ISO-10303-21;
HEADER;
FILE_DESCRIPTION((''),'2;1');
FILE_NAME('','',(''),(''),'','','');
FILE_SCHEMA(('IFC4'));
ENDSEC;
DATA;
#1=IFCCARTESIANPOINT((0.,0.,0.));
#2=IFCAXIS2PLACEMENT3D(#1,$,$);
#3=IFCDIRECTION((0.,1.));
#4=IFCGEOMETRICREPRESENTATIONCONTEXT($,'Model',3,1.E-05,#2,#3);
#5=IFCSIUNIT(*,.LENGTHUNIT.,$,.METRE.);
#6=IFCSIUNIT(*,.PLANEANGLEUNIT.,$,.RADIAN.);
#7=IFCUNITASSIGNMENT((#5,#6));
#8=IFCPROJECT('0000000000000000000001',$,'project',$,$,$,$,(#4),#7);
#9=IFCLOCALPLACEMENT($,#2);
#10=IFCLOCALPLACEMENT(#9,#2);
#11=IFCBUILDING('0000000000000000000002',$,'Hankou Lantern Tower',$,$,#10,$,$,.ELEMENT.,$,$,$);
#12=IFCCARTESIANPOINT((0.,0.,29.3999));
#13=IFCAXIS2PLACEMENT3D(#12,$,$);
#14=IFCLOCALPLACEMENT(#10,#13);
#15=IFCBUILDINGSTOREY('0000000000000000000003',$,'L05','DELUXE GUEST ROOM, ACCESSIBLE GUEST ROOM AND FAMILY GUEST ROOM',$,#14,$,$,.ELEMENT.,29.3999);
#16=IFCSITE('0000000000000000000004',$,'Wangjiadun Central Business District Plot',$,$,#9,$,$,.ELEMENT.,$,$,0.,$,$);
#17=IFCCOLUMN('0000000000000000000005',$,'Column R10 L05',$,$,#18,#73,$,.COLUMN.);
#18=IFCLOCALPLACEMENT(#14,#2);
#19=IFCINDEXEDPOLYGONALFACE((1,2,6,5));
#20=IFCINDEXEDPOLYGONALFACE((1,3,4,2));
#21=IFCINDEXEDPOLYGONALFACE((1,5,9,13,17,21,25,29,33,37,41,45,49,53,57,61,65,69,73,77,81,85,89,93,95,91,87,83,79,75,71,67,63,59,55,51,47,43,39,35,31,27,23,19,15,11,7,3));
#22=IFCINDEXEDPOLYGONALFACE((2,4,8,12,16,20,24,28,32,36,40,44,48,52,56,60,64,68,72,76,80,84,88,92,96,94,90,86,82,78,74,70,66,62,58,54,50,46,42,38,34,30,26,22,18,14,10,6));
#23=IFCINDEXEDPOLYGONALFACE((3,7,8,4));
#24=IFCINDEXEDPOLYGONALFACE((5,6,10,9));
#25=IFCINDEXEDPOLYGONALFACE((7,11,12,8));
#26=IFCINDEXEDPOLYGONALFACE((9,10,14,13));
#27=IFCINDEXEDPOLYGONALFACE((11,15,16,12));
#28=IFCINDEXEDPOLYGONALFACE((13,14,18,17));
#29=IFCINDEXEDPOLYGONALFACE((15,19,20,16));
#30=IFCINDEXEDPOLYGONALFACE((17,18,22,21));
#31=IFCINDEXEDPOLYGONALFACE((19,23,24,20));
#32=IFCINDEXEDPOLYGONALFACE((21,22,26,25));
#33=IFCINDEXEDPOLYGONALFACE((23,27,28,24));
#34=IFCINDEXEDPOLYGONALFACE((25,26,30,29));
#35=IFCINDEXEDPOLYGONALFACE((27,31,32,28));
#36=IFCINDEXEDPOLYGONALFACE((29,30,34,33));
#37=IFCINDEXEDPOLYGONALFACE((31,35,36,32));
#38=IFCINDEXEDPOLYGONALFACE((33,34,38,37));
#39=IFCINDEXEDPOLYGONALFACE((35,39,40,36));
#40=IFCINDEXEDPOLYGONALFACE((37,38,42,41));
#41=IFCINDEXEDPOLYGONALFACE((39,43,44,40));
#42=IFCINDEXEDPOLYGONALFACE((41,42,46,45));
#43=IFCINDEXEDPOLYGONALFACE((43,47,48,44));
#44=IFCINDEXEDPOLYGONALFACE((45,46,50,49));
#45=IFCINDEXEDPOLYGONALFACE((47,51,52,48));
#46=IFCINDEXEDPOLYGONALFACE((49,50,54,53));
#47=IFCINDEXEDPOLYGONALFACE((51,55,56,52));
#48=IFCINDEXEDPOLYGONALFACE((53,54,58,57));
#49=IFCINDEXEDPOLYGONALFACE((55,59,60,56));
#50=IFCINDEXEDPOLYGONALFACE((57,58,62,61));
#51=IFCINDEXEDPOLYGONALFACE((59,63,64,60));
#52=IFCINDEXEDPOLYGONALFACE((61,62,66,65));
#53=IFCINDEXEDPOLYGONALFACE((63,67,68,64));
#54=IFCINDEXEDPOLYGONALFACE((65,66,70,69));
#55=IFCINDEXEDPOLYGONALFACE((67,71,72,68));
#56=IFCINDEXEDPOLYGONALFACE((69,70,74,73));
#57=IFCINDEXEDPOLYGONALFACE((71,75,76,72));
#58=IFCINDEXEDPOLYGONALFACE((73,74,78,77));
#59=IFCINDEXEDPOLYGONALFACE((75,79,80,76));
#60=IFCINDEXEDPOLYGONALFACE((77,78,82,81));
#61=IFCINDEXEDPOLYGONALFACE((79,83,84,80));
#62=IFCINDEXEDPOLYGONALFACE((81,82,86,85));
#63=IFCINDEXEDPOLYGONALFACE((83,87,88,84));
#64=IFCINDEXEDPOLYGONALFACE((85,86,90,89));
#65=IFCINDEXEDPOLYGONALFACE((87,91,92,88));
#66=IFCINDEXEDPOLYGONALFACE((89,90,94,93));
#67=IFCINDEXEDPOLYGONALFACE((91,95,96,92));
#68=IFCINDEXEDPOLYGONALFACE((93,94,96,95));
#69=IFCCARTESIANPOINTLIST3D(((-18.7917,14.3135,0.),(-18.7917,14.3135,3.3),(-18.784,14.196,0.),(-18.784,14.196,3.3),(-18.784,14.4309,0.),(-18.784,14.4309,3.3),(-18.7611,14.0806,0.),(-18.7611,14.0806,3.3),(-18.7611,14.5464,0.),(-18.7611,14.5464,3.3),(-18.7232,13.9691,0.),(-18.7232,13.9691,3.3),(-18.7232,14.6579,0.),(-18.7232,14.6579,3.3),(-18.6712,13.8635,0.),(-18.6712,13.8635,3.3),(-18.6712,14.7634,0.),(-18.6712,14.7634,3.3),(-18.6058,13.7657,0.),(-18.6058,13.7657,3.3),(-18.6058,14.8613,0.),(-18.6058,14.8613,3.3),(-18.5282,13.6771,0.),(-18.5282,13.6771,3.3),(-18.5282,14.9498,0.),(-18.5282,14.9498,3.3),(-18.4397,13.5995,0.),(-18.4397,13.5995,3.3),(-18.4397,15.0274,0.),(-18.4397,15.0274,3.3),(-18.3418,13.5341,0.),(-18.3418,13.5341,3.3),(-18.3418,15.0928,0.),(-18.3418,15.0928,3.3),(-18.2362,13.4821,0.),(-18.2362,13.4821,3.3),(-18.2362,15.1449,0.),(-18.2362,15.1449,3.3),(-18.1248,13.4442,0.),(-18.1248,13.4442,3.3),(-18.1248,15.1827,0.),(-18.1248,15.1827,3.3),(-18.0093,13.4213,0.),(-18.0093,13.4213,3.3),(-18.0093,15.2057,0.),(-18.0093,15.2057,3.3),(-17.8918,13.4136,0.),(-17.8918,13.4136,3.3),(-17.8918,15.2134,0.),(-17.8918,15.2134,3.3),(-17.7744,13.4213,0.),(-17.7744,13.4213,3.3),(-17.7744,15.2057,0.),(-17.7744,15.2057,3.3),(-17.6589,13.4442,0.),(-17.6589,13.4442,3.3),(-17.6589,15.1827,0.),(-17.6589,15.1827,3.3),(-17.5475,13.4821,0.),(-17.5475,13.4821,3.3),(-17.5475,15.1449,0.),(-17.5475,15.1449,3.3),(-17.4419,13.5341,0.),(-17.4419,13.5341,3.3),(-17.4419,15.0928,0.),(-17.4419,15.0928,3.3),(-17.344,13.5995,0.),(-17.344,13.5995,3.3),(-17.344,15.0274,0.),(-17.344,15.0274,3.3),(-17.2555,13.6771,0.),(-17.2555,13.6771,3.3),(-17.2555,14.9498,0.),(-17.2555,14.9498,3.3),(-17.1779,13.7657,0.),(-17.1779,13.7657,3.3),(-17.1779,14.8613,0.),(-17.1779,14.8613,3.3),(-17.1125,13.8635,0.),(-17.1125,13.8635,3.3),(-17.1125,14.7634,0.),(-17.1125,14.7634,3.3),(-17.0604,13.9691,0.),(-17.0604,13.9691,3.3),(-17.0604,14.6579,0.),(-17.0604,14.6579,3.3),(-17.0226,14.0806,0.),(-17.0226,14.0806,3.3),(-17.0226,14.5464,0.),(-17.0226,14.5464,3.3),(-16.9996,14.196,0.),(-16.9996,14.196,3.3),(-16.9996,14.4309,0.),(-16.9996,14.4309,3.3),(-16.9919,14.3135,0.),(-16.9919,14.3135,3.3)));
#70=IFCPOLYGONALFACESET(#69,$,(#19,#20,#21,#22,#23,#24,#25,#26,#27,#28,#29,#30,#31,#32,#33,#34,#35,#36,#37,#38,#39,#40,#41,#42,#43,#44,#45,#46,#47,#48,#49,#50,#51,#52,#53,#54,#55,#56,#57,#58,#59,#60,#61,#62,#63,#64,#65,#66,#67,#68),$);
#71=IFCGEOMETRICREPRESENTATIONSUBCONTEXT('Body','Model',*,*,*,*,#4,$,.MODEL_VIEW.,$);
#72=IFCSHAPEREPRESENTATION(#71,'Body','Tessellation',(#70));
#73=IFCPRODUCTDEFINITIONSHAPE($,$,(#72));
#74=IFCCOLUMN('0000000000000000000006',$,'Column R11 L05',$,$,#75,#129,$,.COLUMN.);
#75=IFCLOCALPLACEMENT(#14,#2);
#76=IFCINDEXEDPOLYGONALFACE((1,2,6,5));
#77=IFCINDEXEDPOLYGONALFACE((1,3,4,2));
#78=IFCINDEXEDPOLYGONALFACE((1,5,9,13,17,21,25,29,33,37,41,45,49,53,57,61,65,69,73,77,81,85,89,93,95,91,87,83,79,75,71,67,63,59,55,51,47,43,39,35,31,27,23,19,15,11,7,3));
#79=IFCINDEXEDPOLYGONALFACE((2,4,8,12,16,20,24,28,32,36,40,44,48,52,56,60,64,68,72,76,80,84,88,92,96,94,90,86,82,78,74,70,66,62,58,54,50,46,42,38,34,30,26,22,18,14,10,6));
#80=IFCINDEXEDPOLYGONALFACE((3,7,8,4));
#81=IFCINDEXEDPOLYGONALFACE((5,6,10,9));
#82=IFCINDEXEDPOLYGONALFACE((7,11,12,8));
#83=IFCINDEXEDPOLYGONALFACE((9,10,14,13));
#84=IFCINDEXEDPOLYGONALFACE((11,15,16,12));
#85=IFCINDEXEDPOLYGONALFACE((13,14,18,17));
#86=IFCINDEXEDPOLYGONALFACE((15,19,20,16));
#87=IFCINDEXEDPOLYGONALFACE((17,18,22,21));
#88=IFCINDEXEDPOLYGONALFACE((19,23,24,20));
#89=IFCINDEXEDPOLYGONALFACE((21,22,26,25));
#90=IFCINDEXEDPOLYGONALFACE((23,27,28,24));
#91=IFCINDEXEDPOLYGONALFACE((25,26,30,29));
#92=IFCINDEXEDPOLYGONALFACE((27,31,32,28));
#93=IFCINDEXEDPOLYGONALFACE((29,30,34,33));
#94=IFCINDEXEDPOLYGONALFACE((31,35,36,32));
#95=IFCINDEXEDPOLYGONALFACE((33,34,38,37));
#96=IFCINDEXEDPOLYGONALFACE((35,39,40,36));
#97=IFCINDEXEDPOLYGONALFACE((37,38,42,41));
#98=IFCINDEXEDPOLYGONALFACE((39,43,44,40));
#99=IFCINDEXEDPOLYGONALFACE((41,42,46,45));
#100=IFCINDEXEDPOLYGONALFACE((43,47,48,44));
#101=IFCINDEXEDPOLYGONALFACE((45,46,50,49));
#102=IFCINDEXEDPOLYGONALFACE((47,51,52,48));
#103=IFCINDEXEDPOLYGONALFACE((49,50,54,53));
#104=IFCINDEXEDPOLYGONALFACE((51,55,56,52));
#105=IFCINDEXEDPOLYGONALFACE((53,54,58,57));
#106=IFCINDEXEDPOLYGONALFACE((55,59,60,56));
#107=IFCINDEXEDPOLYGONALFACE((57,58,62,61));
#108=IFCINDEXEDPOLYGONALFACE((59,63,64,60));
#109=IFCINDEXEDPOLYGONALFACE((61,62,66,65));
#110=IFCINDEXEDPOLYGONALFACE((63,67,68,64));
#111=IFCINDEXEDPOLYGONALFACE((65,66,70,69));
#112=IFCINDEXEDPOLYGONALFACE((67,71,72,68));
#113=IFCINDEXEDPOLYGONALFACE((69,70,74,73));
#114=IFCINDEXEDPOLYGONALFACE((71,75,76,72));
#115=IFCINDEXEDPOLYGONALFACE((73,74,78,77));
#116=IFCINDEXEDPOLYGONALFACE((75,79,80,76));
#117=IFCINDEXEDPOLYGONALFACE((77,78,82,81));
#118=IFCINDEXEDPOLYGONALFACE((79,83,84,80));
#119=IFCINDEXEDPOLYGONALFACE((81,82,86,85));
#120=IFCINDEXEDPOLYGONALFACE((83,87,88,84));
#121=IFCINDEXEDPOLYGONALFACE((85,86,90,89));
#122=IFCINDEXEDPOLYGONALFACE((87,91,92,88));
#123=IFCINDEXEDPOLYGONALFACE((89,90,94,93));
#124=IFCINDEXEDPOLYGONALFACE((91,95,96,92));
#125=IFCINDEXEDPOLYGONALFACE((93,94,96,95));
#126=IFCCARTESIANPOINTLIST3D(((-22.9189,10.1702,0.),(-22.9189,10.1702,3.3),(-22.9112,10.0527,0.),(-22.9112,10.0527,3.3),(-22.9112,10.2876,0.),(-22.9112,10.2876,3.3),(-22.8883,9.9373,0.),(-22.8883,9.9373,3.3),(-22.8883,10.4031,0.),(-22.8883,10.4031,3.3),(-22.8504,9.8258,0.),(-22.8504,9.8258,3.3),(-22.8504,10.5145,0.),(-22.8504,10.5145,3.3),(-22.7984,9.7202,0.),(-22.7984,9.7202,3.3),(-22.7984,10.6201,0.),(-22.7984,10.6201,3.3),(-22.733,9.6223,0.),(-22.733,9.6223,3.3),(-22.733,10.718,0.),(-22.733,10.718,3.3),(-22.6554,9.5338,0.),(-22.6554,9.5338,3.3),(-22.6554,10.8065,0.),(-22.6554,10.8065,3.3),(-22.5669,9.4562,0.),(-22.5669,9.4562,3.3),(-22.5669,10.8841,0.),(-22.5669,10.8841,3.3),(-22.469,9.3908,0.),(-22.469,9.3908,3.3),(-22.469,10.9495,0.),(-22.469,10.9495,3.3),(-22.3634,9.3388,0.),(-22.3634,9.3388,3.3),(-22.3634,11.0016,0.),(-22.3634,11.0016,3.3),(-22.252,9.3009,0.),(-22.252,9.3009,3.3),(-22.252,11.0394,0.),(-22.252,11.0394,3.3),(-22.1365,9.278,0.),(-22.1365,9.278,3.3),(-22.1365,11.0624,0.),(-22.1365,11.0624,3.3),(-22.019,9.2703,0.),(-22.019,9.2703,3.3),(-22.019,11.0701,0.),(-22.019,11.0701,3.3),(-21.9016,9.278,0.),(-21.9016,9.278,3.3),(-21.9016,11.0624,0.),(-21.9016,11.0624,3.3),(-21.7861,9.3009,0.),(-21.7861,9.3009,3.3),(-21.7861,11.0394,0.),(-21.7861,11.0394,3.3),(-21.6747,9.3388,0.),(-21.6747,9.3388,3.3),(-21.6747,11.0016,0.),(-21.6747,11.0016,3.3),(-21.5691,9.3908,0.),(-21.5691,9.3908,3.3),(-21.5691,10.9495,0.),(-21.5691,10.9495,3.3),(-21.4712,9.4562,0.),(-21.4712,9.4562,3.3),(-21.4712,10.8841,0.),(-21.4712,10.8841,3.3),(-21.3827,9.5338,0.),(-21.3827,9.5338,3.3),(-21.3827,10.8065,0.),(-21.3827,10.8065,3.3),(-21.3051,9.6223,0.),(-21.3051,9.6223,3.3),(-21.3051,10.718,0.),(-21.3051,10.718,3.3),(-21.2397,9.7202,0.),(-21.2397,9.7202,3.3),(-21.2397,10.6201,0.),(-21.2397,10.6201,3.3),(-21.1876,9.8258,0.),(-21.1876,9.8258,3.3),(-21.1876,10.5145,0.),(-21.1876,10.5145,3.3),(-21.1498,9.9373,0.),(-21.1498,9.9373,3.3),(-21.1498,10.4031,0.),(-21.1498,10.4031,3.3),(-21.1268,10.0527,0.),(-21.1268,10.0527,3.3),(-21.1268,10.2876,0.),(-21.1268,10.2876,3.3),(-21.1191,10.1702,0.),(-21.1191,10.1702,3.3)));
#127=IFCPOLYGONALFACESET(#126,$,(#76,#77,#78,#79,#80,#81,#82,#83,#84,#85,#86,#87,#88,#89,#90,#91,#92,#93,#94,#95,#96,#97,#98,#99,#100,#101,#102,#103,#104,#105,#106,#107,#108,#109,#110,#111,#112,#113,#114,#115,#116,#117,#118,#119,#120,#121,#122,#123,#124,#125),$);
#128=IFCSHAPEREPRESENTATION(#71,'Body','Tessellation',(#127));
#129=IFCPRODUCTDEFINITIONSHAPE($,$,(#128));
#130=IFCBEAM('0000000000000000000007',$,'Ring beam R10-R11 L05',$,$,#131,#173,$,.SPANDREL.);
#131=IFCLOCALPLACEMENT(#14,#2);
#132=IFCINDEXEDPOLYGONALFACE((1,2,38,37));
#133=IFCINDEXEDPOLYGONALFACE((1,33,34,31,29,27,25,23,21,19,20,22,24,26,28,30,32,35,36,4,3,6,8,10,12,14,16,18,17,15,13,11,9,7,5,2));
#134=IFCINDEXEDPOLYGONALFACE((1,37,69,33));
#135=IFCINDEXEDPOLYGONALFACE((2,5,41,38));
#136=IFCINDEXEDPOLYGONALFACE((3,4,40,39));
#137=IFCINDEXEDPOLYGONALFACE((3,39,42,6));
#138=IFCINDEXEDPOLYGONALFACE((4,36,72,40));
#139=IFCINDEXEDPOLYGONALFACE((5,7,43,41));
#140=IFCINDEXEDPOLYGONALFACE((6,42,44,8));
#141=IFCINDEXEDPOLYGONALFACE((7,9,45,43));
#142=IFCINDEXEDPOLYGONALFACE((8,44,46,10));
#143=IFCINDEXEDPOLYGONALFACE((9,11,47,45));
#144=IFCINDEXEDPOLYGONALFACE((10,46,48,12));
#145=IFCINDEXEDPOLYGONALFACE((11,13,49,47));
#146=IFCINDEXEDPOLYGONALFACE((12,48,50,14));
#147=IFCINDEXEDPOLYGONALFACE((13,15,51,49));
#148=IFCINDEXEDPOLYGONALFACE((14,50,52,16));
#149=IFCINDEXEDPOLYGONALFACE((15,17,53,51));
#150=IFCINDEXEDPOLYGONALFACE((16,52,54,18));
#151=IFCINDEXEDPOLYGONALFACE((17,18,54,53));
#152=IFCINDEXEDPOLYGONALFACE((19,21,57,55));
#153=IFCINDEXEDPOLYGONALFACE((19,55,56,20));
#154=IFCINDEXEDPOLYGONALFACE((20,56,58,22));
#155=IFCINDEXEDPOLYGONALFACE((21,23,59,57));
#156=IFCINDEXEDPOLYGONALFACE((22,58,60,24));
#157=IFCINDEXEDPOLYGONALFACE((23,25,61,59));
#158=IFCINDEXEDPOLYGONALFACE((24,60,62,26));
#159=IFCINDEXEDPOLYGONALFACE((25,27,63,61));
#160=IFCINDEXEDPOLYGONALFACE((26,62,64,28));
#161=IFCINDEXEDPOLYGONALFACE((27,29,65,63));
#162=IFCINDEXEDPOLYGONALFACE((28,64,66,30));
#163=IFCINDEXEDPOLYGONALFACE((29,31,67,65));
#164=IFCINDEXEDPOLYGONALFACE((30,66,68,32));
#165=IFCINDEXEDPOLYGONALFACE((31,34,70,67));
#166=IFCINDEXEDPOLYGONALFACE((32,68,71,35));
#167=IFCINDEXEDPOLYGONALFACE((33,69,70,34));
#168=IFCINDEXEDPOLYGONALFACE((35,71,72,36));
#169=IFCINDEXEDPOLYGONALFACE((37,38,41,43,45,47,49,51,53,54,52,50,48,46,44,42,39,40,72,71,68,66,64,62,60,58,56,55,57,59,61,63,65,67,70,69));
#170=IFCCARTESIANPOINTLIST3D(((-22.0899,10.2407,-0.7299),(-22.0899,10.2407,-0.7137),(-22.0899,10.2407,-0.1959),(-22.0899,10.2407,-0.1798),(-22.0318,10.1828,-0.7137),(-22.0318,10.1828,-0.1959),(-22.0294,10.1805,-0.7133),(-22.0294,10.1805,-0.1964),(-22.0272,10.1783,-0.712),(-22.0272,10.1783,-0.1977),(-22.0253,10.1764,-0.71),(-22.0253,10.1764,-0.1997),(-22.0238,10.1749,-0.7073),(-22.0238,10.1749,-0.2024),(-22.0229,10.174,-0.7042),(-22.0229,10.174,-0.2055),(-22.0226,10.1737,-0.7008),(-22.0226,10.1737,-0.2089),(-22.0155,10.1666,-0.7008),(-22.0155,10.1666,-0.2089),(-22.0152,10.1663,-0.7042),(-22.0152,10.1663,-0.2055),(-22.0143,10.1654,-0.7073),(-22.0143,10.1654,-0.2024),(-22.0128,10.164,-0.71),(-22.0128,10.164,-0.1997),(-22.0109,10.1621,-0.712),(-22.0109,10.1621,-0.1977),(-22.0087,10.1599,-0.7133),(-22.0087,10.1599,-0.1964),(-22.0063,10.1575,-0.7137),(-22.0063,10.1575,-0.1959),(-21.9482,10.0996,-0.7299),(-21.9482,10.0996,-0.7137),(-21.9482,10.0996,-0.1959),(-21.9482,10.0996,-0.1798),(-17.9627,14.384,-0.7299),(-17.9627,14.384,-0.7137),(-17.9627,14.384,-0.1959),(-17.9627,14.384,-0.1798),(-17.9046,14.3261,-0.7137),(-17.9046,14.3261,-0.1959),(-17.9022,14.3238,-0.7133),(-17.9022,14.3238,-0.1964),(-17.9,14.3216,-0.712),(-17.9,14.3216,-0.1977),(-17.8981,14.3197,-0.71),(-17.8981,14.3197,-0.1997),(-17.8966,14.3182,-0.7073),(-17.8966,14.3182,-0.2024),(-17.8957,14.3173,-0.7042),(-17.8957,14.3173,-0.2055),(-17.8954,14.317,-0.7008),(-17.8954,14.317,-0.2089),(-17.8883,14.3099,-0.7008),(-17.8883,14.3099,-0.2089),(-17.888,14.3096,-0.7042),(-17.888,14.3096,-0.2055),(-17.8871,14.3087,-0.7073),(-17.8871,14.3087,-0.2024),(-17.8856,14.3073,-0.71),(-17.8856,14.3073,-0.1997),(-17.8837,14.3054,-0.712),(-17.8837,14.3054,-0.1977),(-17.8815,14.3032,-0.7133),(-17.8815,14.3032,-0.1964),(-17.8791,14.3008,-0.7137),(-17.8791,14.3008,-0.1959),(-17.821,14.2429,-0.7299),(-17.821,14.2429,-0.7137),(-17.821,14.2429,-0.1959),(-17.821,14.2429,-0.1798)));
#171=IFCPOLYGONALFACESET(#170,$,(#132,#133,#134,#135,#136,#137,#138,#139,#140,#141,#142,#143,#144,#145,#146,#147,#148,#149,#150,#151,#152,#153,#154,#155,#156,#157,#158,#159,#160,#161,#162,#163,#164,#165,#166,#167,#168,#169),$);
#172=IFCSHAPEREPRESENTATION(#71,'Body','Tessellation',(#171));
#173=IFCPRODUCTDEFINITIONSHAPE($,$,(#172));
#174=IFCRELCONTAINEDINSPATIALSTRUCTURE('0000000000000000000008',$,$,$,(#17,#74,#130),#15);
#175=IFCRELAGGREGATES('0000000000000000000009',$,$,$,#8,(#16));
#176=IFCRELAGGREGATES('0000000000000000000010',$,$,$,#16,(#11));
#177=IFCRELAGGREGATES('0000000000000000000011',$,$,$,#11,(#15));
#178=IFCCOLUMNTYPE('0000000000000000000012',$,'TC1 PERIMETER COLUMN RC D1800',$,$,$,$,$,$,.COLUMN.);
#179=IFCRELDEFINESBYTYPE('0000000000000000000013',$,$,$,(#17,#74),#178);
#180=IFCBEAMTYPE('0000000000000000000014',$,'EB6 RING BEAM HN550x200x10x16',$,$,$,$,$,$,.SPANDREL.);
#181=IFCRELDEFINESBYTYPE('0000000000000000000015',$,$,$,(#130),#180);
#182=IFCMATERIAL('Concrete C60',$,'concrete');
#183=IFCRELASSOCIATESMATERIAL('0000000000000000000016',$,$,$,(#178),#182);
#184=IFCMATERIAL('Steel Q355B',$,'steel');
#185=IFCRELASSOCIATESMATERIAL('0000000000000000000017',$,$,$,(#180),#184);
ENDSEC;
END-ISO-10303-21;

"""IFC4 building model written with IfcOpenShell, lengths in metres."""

from ifc_helpers import new_model, si_unit, direction, frame, origin, origin_2d, place, context, subcontext, project, spatial, circle, i_section, extrude, material, material_profile, profile_set, type_object, element, save


model = new_model("IFC4")

# Units and contexts
model_context = context("Model", 3, precision=1e-05, world=origin(), true_north=direction((0.0, 1.0)))
body_context = subcontext(model_context, "Body", "Model", "MODEL_VIEW")
ifc_project = project(units=[si_unit("LENGTHUNIT", "METRE"), si_unit("PLANEANGLEUNIT", "RADIAN")], contexts=[model_context])

# Site, building, storey
site_placement = place(None, origin())
site = spatial("IfcSite", under=ifc_project, at=site_placement, Name="Wangjiadun Central Business District Plot", CompositionType="ELEMENT", RefElevation=0.0)
building_placement = place(site_placement, origin())
building = spatial("IfcBuilding", under=site, at=building_placement, Name="Hankou Lantern Tower", CompositionType="ELEMENT")
storey_placement = place(building_placement, frame((0.0, 0.0, 29.3999)))
storey = spatial("IfcBuildingStorey", under=building, at=storey_placement, Name="L05", Description="DELUXE GUEST ROOM, ACCESSIBLE GUEST ROOM AND FAMILY GUEST ROOM", CompositionType="ELEMENT", Elevation=29.3999)

# Columns
ifc_material_1 = material(Name="Concrete C60", Category="concrete")
ifc_material_profile_1 = material_profile(ifc_material_1, circle(Radius=0.8999, at=origin_2d()), Name="RC D1800")
ifc_profile_set_1 = profile_set([ifc_material_profile_1], Name="Concrete C60")
column_type = type_object("IfcColumnType", Name="TC1 PERIMETER COLUMN RC D1800", PredefinedType="COLUMN", material=ifc_profile_set_1)
for number, where, z_axis, x_axis, name in (
    (1, (-17.8918, 14.3135, 0.0), (0.0, 0.0, 1.0), (1.0, 0.0, 0.0), "Column R10 L05"),
    (2, (-22.019, 10.1702, 0.0), (0.0, 0.0, 1.0), (1.0, 0.0, 0.0), "Column R11 L05"),
):
    element("IfcColumn", number, at=place(storey_placement, frame(where, z_axis=z_axis, x_axis=x_axis)), inside=storey, type_object=column_type, Name=name, PredefinedType="COLUMN", context=body_context, shape_type="SweptSolid", body=[
        extrude(circle(Radius=0.8999, at=origin_2d()), origin(), (0.0, 0.0, 1.0), 3.3),
    ])

# Beam
ifc_material_2 = material(Name="Steel Q355B", Category="steel")
ifc_material_profile_2 = material_profile(ifc_material_2, i_section(OverallWidth=0.2, OverallDepth=0.55, WebThickness=0.01, FlangeThickness=0.0161, FilletRadius=0.0129, at=origin_2d()), Name="HN550x200x10x16")
ifc_profile_set_2 = profile_set([ifc_material_profile_2], Name="Steel Q355B")
beam_type_1 = type_object("IfcBeamType", Name="EB6 RING BEAM HN550x200x10x16", PredefinedType="SPANDREL", material=ifc_profile_set_2)
beam_1_placement = place(storey_placement, frame((-17.8918, 14.3135, -0.4548), z_axis=(-0.705728, -0.708483, 0.0), x_axis=(0.708483, -0.705728, 0.0)))
element("IfcBeam", 3, at=beam_1_placement, inside=storey, type_object=beam_type_1, Name="Ring beam R10-R11 L05", PredefinedType="SPANDREL", context=body_context, shape_type="SweptSolid", body=[
    extrude(i_section(OverallWidth=0.2, OverallDepth=0.55, WebThickness=0.01, FlangeThickness=0.0161, FilletRadius=0.0129, at=origin_2d()), origin(), (0.0, 0.0, 1.0), 5.8481),
])

save(model, "model.ifc")
